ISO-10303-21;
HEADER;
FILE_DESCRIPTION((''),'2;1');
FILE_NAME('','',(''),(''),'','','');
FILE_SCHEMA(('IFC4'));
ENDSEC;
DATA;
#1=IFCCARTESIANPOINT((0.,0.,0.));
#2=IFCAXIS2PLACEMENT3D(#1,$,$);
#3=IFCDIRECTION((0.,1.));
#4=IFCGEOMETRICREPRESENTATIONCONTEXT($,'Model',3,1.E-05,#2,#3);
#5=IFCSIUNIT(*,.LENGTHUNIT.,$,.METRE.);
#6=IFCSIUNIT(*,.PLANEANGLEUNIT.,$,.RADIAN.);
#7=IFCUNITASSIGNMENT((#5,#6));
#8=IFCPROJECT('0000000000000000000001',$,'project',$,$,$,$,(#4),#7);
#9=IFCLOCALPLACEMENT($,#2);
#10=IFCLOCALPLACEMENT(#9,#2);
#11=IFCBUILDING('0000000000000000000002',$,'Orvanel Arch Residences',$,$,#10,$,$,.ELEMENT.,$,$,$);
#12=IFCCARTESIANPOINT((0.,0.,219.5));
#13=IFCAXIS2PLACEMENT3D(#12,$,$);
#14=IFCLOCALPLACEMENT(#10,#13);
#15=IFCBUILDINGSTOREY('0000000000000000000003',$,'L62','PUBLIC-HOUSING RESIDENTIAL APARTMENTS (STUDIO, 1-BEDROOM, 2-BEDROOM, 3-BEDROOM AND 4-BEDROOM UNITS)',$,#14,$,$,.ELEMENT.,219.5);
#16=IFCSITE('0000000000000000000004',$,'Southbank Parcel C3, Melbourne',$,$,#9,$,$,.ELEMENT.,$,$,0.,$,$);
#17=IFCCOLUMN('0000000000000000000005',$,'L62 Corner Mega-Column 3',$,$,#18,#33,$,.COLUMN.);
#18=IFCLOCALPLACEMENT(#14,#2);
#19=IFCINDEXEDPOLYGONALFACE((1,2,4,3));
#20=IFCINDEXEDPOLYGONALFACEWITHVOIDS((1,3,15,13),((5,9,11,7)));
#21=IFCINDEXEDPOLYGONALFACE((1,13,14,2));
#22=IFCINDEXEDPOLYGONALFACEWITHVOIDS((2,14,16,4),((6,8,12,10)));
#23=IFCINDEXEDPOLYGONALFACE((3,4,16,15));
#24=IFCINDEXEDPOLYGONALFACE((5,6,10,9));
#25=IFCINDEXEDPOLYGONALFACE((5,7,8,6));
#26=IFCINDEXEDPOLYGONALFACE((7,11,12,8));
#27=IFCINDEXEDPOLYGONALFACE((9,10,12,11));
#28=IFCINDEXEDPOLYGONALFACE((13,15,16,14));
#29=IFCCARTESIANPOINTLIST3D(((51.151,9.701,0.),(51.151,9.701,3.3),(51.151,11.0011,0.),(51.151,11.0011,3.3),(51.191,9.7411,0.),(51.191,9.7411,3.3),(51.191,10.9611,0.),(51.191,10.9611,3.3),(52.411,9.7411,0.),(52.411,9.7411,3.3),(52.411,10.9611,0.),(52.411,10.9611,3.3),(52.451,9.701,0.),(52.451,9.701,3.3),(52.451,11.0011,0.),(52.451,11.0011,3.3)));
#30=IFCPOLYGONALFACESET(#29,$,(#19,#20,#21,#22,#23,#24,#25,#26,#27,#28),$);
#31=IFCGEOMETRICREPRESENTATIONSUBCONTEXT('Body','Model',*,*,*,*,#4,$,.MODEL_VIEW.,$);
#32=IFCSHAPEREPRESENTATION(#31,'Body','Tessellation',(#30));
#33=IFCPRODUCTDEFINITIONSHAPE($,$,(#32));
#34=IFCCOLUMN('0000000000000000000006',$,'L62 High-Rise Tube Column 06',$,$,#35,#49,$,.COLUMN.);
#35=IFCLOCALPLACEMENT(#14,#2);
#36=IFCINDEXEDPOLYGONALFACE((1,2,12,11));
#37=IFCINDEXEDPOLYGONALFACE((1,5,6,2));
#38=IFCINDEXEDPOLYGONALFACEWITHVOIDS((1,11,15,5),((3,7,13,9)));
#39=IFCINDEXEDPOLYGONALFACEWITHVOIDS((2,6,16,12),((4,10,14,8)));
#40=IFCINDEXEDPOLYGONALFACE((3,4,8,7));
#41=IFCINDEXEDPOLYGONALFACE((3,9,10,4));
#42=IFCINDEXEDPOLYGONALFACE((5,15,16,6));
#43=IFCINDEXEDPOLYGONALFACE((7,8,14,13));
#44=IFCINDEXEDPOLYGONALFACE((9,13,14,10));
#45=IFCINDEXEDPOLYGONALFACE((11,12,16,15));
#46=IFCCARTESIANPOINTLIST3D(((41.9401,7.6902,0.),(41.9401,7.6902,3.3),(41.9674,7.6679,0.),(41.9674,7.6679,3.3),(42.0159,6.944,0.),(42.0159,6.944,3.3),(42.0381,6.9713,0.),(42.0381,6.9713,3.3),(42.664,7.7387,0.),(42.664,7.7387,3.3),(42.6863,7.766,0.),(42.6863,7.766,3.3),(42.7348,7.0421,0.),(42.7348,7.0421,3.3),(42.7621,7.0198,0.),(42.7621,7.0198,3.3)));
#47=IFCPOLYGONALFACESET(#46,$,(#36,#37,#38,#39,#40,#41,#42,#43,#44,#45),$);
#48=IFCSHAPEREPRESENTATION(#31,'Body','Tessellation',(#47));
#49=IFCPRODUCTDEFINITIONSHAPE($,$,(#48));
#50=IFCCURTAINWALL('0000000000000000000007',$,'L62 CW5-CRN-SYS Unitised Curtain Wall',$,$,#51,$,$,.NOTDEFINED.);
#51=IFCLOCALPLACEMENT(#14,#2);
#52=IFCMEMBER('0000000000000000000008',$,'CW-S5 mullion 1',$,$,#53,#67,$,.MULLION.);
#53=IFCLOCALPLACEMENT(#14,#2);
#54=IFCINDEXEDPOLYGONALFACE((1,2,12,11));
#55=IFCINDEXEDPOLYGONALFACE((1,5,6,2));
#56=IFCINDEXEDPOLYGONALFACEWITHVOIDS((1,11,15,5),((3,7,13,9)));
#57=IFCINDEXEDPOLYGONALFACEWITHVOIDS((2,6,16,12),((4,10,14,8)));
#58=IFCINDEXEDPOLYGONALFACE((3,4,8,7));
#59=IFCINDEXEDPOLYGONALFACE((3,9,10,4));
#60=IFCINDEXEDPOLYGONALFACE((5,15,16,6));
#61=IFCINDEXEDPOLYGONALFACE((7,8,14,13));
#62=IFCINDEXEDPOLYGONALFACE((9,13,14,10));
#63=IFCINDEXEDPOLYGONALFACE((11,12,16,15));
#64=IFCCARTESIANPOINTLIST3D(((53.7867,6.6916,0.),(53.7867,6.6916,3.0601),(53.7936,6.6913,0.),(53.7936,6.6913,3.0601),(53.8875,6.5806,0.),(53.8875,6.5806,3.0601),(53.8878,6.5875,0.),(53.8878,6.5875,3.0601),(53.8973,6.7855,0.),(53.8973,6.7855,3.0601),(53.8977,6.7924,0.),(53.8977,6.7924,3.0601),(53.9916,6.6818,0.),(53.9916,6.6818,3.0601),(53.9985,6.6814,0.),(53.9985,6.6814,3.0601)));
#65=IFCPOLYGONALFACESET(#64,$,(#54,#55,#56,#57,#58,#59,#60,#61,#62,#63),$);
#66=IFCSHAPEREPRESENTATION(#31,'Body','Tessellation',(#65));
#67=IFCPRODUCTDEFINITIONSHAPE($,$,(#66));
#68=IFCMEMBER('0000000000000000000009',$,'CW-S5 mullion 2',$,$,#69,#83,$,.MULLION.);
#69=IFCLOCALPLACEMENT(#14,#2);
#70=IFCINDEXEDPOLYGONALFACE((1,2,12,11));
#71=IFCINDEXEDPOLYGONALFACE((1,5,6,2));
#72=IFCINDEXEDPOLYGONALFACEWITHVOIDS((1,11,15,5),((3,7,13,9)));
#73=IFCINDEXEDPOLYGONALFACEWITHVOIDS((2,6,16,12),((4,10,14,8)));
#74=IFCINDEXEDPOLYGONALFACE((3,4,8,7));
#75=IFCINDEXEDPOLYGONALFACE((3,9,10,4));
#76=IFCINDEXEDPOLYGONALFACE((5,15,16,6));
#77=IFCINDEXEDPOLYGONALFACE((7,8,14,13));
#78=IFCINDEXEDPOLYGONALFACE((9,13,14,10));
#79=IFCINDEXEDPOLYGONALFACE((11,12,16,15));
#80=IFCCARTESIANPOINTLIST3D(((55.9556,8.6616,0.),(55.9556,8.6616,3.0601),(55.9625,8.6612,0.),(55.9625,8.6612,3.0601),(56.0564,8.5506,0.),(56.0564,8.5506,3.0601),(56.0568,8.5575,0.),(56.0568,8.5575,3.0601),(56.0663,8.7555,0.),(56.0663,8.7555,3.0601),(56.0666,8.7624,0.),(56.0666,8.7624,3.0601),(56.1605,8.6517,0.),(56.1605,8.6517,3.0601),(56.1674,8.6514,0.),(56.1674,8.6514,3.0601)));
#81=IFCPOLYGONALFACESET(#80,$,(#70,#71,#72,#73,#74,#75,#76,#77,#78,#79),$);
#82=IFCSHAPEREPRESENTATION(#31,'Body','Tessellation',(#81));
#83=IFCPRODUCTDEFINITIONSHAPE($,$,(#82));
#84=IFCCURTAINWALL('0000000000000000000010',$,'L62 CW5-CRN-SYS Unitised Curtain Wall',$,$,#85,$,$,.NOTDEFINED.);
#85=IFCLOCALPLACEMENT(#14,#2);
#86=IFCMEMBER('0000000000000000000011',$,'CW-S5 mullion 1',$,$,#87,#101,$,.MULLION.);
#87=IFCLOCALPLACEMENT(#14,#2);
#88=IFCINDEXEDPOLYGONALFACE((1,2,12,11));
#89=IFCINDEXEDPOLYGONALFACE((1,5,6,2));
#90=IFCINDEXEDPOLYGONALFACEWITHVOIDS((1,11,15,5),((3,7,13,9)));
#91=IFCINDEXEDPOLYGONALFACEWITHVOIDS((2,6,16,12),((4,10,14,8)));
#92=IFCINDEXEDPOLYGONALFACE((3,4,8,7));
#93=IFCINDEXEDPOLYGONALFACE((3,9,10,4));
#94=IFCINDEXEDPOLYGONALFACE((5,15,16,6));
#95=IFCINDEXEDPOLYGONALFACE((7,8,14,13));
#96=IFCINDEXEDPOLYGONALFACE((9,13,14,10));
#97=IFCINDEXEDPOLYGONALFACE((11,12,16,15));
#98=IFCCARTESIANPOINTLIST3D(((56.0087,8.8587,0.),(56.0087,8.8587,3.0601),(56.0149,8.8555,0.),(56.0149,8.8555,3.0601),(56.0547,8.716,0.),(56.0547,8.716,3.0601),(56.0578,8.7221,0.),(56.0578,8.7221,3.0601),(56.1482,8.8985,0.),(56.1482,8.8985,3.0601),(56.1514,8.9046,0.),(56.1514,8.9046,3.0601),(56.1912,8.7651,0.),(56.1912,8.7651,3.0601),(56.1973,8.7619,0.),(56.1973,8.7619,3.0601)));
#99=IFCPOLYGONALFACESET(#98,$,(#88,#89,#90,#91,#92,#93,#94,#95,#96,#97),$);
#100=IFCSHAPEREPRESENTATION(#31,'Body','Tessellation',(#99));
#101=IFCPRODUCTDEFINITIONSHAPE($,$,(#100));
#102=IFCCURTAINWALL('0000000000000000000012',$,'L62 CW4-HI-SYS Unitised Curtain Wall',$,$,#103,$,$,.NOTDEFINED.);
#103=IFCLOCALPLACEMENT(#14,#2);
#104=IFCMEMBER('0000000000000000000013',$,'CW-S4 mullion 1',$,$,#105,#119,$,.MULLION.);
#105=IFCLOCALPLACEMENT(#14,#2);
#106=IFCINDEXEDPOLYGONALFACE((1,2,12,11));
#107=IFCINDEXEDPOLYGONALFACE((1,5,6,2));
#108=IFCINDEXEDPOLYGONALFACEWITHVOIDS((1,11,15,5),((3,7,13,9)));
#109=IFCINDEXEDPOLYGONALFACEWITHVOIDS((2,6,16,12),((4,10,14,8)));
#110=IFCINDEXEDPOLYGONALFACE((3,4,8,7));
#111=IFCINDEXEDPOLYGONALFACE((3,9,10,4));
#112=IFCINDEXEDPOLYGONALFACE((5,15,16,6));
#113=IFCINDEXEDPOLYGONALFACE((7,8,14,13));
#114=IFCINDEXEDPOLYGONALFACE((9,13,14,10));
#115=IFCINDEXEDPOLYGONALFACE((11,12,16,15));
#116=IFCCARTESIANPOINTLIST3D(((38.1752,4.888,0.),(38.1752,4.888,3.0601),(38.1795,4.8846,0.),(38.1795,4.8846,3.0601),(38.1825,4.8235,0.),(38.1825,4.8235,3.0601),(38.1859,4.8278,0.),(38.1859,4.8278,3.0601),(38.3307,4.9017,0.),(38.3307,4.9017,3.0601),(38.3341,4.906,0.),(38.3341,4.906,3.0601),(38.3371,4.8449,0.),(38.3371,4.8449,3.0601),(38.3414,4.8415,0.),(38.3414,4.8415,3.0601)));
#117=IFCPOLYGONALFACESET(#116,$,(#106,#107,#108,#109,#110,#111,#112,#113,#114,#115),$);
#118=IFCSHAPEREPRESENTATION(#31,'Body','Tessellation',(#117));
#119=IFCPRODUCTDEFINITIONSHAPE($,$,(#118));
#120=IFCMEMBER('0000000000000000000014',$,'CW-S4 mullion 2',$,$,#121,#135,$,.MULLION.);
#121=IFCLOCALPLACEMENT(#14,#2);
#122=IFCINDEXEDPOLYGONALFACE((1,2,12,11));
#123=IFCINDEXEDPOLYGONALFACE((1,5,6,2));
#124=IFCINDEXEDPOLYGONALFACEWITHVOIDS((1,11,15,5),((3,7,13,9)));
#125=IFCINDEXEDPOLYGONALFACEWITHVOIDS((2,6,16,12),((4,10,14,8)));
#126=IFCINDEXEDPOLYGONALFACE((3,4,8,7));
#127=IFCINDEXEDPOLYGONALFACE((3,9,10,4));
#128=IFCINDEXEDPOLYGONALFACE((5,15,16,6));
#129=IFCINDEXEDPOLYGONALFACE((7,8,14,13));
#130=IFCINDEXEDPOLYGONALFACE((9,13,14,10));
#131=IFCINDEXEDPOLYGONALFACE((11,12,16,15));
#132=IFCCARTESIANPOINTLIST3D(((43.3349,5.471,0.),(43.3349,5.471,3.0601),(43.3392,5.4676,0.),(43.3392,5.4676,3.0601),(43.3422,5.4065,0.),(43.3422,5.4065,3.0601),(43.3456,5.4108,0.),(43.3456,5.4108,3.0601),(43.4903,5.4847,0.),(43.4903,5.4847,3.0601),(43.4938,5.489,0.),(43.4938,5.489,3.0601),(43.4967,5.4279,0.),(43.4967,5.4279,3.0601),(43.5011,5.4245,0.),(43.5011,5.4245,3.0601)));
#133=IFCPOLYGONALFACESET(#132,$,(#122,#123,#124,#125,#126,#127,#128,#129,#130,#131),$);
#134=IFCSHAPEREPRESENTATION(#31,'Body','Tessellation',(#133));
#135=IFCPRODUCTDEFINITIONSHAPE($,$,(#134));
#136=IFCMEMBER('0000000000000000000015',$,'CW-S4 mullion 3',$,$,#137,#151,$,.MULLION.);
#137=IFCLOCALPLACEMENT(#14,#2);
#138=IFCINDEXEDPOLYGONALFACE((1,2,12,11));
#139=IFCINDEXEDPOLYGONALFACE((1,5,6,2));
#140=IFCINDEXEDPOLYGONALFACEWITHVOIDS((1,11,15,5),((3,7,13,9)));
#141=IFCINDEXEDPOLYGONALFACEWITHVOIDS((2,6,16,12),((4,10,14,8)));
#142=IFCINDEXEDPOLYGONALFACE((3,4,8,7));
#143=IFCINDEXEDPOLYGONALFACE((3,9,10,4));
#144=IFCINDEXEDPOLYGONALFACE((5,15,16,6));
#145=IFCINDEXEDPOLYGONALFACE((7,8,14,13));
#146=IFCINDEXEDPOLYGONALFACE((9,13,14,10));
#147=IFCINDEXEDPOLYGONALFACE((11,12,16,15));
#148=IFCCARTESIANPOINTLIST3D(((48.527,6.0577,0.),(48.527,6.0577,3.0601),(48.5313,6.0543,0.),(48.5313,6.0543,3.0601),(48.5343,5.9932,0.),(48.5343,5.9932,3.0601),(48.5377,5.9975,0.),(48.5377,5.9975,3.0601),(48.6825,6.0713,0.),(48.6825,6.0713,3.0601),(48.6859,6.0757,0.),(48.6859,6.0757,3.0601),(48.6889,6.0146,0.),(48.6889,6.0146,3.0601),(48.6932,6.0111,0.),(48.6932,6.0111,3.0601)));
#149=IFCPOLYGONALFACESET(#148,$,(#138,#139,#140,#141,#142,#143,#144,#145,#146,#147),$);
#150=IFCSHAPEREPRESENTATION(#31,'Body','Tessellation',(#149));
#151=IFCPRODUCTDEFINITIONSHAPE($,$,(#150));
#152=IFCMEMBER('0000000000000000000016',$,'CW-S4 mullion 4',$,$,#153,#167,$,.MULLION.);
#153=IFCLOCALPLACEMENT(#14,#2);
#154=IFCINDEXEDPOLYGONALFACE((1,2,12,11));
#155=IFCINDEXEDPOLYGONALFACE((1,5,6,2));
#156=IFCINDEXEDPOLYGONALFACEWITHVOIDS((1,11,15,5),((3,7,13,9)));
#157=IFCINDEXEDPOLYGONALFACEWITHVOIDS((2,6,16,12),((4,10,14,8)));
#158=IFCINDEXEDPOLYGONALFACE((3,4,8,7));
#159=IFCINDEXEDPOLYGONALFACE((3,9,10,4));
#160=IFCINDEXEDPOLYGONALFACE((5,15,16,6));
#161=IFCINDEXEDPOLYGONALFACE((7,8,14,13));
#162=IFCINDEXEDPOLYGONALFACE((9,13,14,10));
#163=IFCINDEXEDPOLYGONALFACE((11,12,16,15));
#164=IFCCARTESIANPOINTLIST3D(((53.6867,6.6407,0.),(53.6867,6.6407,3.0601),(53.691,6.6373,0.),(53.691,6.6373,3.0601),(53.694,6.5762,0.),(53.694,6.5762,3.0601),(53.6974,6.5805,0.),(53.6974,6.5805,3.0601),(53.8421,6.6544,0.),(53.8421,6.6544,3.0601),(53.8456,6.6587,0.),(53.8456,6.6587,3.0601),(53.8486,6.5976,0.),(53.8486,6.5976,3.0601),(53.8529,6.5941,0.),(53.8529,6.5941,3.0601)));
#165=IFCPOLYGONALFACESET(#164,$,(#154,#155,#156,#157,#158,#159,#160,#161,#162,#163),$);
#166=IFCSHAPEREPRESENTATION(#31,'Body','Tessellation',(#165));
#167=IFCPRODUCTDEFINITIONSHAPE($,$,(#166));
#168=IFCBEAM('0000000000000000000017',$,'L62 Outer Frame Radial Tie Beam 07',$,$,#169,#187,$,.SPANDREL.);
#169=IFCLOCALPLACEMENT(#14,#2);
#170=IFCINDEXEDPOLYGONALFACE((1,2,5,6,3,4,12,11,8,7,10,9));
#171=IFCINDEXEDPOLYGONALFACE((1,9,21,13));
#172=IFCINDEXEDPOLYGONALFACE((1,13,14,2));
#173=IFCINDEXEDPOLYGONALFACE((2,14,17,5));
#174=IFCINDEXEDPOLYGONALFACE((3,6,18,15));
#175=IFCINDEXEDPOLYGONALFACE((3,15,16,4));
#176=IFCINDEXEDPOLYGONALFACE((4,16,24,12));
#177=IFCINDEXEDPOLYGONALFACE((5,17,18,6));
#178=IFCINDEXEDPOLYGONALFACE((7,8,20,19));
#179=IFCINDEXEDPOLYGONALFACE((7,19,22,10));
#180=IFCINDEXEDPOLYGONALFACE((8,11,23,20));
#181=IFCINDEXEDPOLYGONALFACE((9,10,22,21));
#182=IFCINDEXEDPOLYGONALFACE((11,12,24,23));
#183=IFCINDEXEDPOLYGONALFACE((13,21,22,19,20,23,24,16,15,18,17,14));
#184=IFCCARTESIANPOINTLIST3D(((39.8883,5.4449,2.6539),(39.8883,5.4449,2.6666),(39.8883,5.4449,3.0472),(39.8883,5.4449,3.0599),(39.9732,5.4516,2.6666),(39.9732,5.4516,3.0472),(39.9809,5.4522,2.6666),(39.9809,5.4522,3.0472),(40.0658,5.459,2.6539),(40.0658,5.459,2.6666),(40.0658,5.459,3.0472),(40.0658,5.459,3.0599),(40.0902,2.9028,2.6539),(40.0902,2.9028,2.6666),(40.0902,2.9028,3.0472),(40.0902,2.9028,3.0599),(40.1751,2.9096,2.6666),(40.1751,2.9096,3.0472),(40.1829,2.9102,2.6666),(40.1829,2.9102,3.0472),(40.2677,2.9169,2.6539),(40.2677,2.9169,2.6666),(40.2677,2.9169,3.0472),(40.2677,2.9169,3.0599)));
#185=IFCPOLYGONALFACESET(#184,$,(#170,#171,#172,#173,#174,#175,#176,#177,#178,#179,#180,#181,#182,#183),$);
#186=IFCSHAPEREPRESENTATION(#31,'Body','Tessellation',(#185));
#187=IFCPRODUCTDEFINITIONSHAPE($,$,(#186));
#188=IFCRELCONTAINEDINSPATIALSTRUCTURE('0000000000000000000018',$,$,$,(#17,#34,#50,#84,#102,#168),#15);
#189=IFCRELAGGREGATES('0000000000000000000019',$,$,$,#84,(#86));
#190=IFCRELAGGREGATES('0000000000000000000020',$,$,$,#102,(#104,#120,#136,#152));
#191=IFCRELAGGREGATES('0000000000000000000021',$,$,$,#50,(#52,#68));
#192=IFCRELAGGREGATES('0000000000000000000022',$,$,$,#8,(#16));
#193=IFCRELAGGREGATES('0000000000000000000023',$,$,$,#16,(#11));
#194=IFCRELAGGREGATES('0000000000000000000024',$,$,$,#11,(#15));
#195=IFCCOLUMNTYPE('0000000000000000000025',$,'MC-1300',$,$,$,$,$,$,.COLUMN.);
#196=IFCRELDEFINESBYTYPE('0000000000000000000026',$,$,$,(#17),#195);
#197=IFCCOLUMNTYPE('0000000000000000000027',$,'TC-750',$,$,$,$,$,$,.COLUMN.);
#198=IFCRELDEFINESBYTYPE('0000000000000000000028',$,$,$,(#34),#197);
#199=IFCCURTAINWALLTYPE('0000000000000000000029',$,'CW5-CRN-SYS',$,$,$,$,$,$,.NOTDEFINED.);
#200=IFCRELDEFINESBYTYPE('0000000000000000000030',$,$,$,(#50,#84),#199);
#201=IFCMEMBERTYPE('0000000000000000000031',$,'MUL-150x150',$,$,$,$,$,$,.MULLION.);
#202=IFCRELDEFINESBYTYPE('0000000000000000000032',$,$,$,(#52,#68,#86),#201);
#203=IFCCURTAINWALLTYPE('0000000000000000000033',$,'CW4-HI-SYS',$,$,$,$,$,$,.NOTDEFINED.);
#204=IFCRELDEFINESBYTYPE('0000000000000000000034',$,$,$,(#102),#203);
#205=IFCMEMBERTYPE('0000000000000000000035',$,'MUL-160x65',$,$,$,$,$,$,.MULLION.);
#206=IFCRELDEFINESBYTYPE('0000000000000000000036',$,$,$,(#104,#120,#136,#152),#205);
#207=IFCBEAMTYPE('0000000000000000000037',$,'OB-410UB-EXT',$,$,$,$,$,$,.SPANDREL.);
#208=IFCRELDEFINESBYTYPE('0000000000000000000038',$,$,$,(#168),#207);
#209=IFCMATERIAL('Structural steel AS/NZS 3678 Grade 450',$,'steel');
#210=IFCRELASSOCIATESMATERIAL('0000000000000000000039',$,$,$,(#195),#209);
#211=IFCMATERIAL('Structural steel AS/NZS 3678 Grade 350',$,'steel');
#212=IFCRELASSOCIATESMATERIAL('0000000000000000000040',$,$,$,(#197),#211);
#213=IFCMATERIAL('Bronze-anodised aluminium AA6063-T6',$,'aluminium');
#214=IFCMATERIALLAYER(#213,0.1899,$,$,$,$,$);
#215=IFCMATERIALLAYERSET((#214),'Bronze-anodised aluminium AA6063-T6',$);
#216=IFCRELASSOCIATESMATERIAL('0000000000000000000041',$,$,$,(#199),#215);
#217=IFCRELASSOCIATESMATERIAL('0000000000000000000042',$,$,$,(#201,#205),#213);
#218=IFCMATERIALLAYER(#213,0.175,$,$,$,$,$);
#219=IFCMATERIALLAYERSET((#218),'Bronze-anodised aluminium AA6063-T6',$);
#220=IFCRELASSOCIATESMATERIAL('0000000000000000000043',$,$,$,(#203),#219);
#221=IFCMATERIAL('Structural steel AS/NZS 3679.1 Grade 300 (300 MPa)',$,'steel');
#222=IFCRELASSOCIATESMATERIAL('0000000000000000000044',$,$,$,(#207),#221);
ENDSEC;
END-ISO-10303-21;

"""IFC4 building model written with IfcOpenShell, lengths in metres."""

from ifc_helpers import new_model, si_unit, direction, frame, origin, origin_2d, place, context, subcontext, project, spatial, hollow_rectangle, i_section, extrude, material, layer, layer_set, material_profile, profile_set, type_object, element, aggregate, save


model = new_model("IFC4")

# Units and contexts
model_context = context("Model", 3, precision=1e-05, world=origin(), true_north=direction((0.0, 1.0)))
body_context = subcontext(model_context, "Body", "Model", "MODEL_VIEW")
ifc_project = project(units=[si_unit("LENGTHUNIT", "METRE"), si_unit("PLANEANGLEUNIT", "RADIAN")], contexts=[model_context])

# Site, building, storey
site_placement = place(None, origin())
site = spatial("IfcSite", under=ifc_project, at=site_placement, Name="Southbank Parcel C3, Melbourne", CompositionType="ELEMENT", RefElevation=0.0)
building_placement = place(site_placement, origin())
building = spatial("IfcBuilding", under=site, at=building_placement, Name="Orvanel Arch Residences", CompositionType="ELEMENT")
storey_placement = place(building_placement, frame((0.0, 0.0, 219.5)))
storey = spatial("IfcBuildingStorey", under=building, at=storey_placement, Name="L62", Description="PUBLIC-HOUSING RESIDENTIAL APARTMENTS (STUDIO, 1-BEDROOM, 2-BEDROOM, 3-BEDROOM AND 4-BEDROOM UNITS)", CompositionType="ELEMENT", Elevation=219.5)

# Columns
ifc_material_1 = material(Name="Structural steel AS/NZS 3678 Grade 450", Category="steel")
ifc_material_profile_1 = material_profile(ifc_material_1, hollow_rectangle(XDim=1.3, YDim=1.3, WallThickness=0.04, at=origin_2d()), Name="BOX1300x1300x40")
ifc_profile_set_1 = profile_set([ifc_material_profile_1], Name="Structural steel AS/NZS 3678 Grade 450")
column_type_1 = type_object("IfcColumnType", Name="MC-1300", PredefinedType="COLUMN", material=ifc_profile_set_1)
column_1_placement = place(storey_placement, frame((51.801, 10.3511, 0.0), z_axis=(0.0, 0.0, 1.0), x_axis=(1.0, 0.0, 0.0)))
element("IfcColumn", 1, at=column_1_placement, inside=storey, type_object=column_type_1, Name="L62 Corner Mega-Column 3", PredefinedType="COLUMN", context=body_context, shape_type="SweptSolid", body=[
    extrude(hollow_rectangle(XDim=1.3, YDim=1.3, WallThickness=0.04, at=origin_2d()), origin(), (0.0, 0.0, 1.0), 3.3),
])
ifc_material_2 = material(Name="Structural steel AS/NZS 3678 Grade 350", Category="steel")
ifc_material_profile_2 = material_profile(ifc_material_2, hollow_rectangle(XDim=0.75, YDim=0.75, WallThickness=0.0249, at=origin_2d()), Name="BOX750x750x25")
ifc_profile_set_2 = profile_set([ifc_material_profile_2], Name="Structural steel AS/NZS 3678 Grade 350")
column_type_2 = type_object("IfcColumnType", Name="TC-750", PredefinedType="COLUMN", material=ifc_profile_set_2)
column_2_placement = place(storey_placement, frame((42.3511, 7.355, 0.0), z_axis=(0.0, 0.0, 1.0), x_axis=(0.994881, 0.101056, 0.0)))
element("IfcColumn", 2, at=column_2_placement, inside=storey, type_object=column_type_2, Name="L62 High-Rise Tube Column 06", PredefinedType="COLUMN", context=body_context, shape_type="SweptSolid", body=[
    extrude(hollow_rectangle(XDim=0.75, YDim=0.75, WallThickness=0.0249, at=origin_2d()), origin(), (0.0, 0.0, 1.0), 3.3),
])

# Curtain wall, members
ifc_material_3 = material(Name="Bronze-anodised aluminium AA6063-T6", Category="aluminium")
ifc_layer_1 = layer(ifc_material_3, 0.1899)
ifc_layer_set_1 = layer_set([ifc_layer_1], Name="Bronze-anodised aluminium AA6063-T6")
curtain_wall_type_1 = type_object("IfcCurtainWallType", Name="CW5-CRN-SYS", PredefinedType="NOTDEFINED", material=ifc_layer_set_1)
curtain_wall_1_placement = place(storey_placement, origin())
curtain_wall_1 = element("IfcCurtainWall", 3, at=curtain_wall_1_placement, inside=storey, type_object=curtain_wall_type_1, Name="L62 CW5-CRN-SYS Unitised Curtain Wall", PredefinedType="NOTDEFINED")
ifc_material_profile_3 = material_profile(ifc_material_3, hollow_rectangle(XDim=0.1499, YDim=0.1499, WallThickness=0.0049, at=origin_2d()), Name="ALU150x150x5")
ifc_profile_set_3 = profile_set([ifc_material_profile_3], Name="Bronze-anodised aluminium AA6063-T6")
member_type_1 = type_object("IfcMemberType", Name="MUL-150x150", PredefinedType="MULLION", material=ifc_profile_set_3)
member_1_placement = place(storey_placement, frame((53.8926, 6.6865, 0.0), z_axis=(0.0, 0.0, 1.0), x_axis=(-0.672366, 0.740219, 0.0)))
member_1 = element("IfcMember", 4, at=member_1_placement, type_object=member_type_1, Name="CW-S5 mullion 1", PredefinedType="MULLION", context=body_context, shape_type="SweptSolid", body=[
    extrude(hollow_rectangle(XDim=0.1499, YDim=0.1499, WallThickness=0.0049, at=origin_2d()), origin(), (0.0, 0.0, 1.0), 3.0601),
])
member_2_placement = place(storey_placement, frame((56.0615, 8.6565, 0.0), z_axis=(0.0, 0.0, 1.0), x_axis=(-0.672366, 0.740219, 0.0)))
member_2 = element("IfcMember", 5, at=member_2_placement, type_object=member_type_1, Name="CW-S5 mullion 2", PredefinedType="MULLION", context=body_context, shape_type="SweptSolid", body=[
    extrude(hollow_rectangle(XDim=0.1499, YDim=0.1499, WallThickness=0.0049, at=origin_2d()), origin(), (0.0, 0.0, 1.0), 3.0601),
])

# Curtain wall, member
curtain_wall_2_placement = place(storey_placement, origin())
curtain_wall_2 = element("IfcCurtainWall", 6, at=curtain_wall_2_placement, inside=storey, type_object=curtain_wall_type_1, Name="L62 CW5-CRN-SYS Unitised Curtain Wall", PredefinedType="NOTDEFINED")
member_3_placement = place(storey_placement, frame((56.103, 8.8103, 0.0), z_axis=(0.0, 0.0, 1.0), x_axis=(-0.951837, -0.306604, 0.0)))
member_3 = element("IfcMember", 7, at=member_3_placement, type_object=member_type_1, Name="CW-S5 mullion 1", PredefinedType="MULLION", context=body_context, shape_type="SweptSolid", body=[
    extrude(hollow_rectangle(XDim=0.1499, YDim=0.1499, WallThickness=0.0049, at=origin_2d()), origin(), (0.0, 0.0, 1.0), 3.0601),
])

# Curtain wall, members
ifc_layer_2 = layer(ifc_material_3, 0.175)
ifc_layer_set_2 = layer_set([ifc_layer_2], Name="Bronze-anodised aluminium AA6063-T6")
curtain_wall_type_2 = type_object("IfcCurtainWallType", Name="CW4-HI-SYS", PredefinedType="NOTDEFINED", material=ifc_layer_set_2)
curtain_wall_3_placement = place(storey_placement, origin())
curtain_wall_3 = element("IfcCurtainWall", 8, at=curtain_wall_3_placement, inside=storey, type_object=curtain_wall_type_2, Name="L62 CW4-HI-SYS Unitised Curtain Wall", PredefinedType="NOTDEFINED")
ifc_material_profile_4 = material_profile(ifc_material_3, hollow_rectangle(XDim=0.0649, YDim=0.1599, WallThickness=0.0039, at=origin_2d()), Name="ALU160x65x4")
ifc_profile_set_4 = profile_set([ifc_material_profile_4], Name="Bronze-anodised aluminium AA6063-T6")
member_type_2 = type_object("IfcMemberType", Name="MUL-160x65", PredefinedType="MULLION", material=ifc_profile_set_4)
member_4_placement = place(storey_placement, frame((38.2583, 4.8647, 0.0), z_axis=(0.0, 0.0, 1.0), x_axis=(-0.11228, 0.993677, 0.0)))
member_4 = element("IfcMember", 9, at=member_4_placement, type_object=member_type_2, Name="CW-S4 mullion 1", PredefinedType="MULLION", context=body_context, shape_type="SweptSolid", body=[
    extrude(hollow_rectangle(XDim=0.0649, YDim=0.1599, WallThickness=0.0039, at=origin_2d()), origin(), (0.0, 0.0, 1.0), 3.0601),
])
member_5_placement = place(storey_placement, frame((43.418, 5.4478, 0.0), z_axis=(0.0, 0.0, 1.0), x_axis=(-0.11228, 0.993677, 0.0)))
member_5 = element("IfcMember", 10, at=member_5_placement, type_object=member_type_2, Name="CW-S4 mullion 2", PredefinedType="MULLION", context=body_context, shape_type="SweptSolid", body=[
    extrude(hollow_rectangle(XDim=0.0649, YDim=0.1599, WallThickness=0.0039, at=origin_2d()), origin(), (0.0, 0.0, 1.0), 3.0601),
])
member_6_placement = place(storey_placement, frame((48.6101, 6.0344, 0.0), z_axis=(0.0, 0.0, 1.0), x_axis=(-0.11228, 0.993677, 0.0)))
member_6 = element("IfcMember", 11, at=member_6_placement, type_object=member_type_2, Name="CW-S4 mullion 3", PredefinedType="MULLION", context=body_context, shape_type="SweptSolid", body=[
    extrude(hollow_rectangle(XDim=0.0649, YDim=0.1599, WallThickness=0.0039, at=origin_2d()), origin(), (0.0, 0.0, 1.0), 3.0601),
])
member_7_placement = place(storey_placement, frame((53.7698, 6.6174, 0.0), z_axis=(0.0, 0.0, 1.0), x_axis=(-0.11228, 0.993677, 0.0)))
member_7 = element("IfcMember", 12, at=member_7_placement, type_object=member_type_2, Name="CW-S4 mullion 4", PredefinedType="MULLION", context=body_context, shape_type="SweptSolid", body=[
    extrude(hollow_rectangle(XDim=0.0649, YDim=0.1599, WallThickness=0.0039, at=origin_2d()), origin(), (0.0, 0.0, 1.0), 3.0601),
])

# Beam
ifc_material_4 = material(Name="Structural steel AS/NZS 3679.1 Grade 300 (300 MPa)", Category="steel")
ifc_material_profile_5 = material_profile(ifc_material_4, i_section(OverallWidth=0.178, OverallDepth=0.406, WebThickness=0.0078, FlangeThickness=0.0127, at=origin_2d()), Name="410UB59.7")
ifc_profile_set_5 = profile_set([ifc_material_profile_5], Name="Structural steel AS/NZS 3679.1 Grade 300 (300 MPa)")
beam_type_1 = type_object("IfcBeamType", Name="OB-410UB-EXT", PredefinedType="SPANDREL", material=ifc_profile_set_5)
beam_1_placement = place(storey_placement, frame((39.9771, 5.4519, 2.8569), z_axis=(0.079178, -0.99686, 0.0), x_axis=(0.99686, 0.079178, 0.0)))
element("IfcBeam", 13, at=beam_1_placement, inside=storey, type_object=beam_type_1, Name="L62 Outer Frame Radial Tie Beam 07", PredefinedType="SPANDREL", context=body_context, shape_type="SweptSolid", body=[
    extrude(i_section(OverallWidth=0.178, OverallDepth=0.406, WebThickness=0.0078, FlangeThickness=0.0127, at=origin_2d()), origin(), (0.0, 0.0, 1.0), 2.55),
])

aggregate(curtain_wall_2, [member_3])

aggregate(curtain_wall_3, [member_4, member_5, member_6, member_7])
aggregate(curtain_wall_1, [member_1, member_2])

save(model, "model.ifc")
